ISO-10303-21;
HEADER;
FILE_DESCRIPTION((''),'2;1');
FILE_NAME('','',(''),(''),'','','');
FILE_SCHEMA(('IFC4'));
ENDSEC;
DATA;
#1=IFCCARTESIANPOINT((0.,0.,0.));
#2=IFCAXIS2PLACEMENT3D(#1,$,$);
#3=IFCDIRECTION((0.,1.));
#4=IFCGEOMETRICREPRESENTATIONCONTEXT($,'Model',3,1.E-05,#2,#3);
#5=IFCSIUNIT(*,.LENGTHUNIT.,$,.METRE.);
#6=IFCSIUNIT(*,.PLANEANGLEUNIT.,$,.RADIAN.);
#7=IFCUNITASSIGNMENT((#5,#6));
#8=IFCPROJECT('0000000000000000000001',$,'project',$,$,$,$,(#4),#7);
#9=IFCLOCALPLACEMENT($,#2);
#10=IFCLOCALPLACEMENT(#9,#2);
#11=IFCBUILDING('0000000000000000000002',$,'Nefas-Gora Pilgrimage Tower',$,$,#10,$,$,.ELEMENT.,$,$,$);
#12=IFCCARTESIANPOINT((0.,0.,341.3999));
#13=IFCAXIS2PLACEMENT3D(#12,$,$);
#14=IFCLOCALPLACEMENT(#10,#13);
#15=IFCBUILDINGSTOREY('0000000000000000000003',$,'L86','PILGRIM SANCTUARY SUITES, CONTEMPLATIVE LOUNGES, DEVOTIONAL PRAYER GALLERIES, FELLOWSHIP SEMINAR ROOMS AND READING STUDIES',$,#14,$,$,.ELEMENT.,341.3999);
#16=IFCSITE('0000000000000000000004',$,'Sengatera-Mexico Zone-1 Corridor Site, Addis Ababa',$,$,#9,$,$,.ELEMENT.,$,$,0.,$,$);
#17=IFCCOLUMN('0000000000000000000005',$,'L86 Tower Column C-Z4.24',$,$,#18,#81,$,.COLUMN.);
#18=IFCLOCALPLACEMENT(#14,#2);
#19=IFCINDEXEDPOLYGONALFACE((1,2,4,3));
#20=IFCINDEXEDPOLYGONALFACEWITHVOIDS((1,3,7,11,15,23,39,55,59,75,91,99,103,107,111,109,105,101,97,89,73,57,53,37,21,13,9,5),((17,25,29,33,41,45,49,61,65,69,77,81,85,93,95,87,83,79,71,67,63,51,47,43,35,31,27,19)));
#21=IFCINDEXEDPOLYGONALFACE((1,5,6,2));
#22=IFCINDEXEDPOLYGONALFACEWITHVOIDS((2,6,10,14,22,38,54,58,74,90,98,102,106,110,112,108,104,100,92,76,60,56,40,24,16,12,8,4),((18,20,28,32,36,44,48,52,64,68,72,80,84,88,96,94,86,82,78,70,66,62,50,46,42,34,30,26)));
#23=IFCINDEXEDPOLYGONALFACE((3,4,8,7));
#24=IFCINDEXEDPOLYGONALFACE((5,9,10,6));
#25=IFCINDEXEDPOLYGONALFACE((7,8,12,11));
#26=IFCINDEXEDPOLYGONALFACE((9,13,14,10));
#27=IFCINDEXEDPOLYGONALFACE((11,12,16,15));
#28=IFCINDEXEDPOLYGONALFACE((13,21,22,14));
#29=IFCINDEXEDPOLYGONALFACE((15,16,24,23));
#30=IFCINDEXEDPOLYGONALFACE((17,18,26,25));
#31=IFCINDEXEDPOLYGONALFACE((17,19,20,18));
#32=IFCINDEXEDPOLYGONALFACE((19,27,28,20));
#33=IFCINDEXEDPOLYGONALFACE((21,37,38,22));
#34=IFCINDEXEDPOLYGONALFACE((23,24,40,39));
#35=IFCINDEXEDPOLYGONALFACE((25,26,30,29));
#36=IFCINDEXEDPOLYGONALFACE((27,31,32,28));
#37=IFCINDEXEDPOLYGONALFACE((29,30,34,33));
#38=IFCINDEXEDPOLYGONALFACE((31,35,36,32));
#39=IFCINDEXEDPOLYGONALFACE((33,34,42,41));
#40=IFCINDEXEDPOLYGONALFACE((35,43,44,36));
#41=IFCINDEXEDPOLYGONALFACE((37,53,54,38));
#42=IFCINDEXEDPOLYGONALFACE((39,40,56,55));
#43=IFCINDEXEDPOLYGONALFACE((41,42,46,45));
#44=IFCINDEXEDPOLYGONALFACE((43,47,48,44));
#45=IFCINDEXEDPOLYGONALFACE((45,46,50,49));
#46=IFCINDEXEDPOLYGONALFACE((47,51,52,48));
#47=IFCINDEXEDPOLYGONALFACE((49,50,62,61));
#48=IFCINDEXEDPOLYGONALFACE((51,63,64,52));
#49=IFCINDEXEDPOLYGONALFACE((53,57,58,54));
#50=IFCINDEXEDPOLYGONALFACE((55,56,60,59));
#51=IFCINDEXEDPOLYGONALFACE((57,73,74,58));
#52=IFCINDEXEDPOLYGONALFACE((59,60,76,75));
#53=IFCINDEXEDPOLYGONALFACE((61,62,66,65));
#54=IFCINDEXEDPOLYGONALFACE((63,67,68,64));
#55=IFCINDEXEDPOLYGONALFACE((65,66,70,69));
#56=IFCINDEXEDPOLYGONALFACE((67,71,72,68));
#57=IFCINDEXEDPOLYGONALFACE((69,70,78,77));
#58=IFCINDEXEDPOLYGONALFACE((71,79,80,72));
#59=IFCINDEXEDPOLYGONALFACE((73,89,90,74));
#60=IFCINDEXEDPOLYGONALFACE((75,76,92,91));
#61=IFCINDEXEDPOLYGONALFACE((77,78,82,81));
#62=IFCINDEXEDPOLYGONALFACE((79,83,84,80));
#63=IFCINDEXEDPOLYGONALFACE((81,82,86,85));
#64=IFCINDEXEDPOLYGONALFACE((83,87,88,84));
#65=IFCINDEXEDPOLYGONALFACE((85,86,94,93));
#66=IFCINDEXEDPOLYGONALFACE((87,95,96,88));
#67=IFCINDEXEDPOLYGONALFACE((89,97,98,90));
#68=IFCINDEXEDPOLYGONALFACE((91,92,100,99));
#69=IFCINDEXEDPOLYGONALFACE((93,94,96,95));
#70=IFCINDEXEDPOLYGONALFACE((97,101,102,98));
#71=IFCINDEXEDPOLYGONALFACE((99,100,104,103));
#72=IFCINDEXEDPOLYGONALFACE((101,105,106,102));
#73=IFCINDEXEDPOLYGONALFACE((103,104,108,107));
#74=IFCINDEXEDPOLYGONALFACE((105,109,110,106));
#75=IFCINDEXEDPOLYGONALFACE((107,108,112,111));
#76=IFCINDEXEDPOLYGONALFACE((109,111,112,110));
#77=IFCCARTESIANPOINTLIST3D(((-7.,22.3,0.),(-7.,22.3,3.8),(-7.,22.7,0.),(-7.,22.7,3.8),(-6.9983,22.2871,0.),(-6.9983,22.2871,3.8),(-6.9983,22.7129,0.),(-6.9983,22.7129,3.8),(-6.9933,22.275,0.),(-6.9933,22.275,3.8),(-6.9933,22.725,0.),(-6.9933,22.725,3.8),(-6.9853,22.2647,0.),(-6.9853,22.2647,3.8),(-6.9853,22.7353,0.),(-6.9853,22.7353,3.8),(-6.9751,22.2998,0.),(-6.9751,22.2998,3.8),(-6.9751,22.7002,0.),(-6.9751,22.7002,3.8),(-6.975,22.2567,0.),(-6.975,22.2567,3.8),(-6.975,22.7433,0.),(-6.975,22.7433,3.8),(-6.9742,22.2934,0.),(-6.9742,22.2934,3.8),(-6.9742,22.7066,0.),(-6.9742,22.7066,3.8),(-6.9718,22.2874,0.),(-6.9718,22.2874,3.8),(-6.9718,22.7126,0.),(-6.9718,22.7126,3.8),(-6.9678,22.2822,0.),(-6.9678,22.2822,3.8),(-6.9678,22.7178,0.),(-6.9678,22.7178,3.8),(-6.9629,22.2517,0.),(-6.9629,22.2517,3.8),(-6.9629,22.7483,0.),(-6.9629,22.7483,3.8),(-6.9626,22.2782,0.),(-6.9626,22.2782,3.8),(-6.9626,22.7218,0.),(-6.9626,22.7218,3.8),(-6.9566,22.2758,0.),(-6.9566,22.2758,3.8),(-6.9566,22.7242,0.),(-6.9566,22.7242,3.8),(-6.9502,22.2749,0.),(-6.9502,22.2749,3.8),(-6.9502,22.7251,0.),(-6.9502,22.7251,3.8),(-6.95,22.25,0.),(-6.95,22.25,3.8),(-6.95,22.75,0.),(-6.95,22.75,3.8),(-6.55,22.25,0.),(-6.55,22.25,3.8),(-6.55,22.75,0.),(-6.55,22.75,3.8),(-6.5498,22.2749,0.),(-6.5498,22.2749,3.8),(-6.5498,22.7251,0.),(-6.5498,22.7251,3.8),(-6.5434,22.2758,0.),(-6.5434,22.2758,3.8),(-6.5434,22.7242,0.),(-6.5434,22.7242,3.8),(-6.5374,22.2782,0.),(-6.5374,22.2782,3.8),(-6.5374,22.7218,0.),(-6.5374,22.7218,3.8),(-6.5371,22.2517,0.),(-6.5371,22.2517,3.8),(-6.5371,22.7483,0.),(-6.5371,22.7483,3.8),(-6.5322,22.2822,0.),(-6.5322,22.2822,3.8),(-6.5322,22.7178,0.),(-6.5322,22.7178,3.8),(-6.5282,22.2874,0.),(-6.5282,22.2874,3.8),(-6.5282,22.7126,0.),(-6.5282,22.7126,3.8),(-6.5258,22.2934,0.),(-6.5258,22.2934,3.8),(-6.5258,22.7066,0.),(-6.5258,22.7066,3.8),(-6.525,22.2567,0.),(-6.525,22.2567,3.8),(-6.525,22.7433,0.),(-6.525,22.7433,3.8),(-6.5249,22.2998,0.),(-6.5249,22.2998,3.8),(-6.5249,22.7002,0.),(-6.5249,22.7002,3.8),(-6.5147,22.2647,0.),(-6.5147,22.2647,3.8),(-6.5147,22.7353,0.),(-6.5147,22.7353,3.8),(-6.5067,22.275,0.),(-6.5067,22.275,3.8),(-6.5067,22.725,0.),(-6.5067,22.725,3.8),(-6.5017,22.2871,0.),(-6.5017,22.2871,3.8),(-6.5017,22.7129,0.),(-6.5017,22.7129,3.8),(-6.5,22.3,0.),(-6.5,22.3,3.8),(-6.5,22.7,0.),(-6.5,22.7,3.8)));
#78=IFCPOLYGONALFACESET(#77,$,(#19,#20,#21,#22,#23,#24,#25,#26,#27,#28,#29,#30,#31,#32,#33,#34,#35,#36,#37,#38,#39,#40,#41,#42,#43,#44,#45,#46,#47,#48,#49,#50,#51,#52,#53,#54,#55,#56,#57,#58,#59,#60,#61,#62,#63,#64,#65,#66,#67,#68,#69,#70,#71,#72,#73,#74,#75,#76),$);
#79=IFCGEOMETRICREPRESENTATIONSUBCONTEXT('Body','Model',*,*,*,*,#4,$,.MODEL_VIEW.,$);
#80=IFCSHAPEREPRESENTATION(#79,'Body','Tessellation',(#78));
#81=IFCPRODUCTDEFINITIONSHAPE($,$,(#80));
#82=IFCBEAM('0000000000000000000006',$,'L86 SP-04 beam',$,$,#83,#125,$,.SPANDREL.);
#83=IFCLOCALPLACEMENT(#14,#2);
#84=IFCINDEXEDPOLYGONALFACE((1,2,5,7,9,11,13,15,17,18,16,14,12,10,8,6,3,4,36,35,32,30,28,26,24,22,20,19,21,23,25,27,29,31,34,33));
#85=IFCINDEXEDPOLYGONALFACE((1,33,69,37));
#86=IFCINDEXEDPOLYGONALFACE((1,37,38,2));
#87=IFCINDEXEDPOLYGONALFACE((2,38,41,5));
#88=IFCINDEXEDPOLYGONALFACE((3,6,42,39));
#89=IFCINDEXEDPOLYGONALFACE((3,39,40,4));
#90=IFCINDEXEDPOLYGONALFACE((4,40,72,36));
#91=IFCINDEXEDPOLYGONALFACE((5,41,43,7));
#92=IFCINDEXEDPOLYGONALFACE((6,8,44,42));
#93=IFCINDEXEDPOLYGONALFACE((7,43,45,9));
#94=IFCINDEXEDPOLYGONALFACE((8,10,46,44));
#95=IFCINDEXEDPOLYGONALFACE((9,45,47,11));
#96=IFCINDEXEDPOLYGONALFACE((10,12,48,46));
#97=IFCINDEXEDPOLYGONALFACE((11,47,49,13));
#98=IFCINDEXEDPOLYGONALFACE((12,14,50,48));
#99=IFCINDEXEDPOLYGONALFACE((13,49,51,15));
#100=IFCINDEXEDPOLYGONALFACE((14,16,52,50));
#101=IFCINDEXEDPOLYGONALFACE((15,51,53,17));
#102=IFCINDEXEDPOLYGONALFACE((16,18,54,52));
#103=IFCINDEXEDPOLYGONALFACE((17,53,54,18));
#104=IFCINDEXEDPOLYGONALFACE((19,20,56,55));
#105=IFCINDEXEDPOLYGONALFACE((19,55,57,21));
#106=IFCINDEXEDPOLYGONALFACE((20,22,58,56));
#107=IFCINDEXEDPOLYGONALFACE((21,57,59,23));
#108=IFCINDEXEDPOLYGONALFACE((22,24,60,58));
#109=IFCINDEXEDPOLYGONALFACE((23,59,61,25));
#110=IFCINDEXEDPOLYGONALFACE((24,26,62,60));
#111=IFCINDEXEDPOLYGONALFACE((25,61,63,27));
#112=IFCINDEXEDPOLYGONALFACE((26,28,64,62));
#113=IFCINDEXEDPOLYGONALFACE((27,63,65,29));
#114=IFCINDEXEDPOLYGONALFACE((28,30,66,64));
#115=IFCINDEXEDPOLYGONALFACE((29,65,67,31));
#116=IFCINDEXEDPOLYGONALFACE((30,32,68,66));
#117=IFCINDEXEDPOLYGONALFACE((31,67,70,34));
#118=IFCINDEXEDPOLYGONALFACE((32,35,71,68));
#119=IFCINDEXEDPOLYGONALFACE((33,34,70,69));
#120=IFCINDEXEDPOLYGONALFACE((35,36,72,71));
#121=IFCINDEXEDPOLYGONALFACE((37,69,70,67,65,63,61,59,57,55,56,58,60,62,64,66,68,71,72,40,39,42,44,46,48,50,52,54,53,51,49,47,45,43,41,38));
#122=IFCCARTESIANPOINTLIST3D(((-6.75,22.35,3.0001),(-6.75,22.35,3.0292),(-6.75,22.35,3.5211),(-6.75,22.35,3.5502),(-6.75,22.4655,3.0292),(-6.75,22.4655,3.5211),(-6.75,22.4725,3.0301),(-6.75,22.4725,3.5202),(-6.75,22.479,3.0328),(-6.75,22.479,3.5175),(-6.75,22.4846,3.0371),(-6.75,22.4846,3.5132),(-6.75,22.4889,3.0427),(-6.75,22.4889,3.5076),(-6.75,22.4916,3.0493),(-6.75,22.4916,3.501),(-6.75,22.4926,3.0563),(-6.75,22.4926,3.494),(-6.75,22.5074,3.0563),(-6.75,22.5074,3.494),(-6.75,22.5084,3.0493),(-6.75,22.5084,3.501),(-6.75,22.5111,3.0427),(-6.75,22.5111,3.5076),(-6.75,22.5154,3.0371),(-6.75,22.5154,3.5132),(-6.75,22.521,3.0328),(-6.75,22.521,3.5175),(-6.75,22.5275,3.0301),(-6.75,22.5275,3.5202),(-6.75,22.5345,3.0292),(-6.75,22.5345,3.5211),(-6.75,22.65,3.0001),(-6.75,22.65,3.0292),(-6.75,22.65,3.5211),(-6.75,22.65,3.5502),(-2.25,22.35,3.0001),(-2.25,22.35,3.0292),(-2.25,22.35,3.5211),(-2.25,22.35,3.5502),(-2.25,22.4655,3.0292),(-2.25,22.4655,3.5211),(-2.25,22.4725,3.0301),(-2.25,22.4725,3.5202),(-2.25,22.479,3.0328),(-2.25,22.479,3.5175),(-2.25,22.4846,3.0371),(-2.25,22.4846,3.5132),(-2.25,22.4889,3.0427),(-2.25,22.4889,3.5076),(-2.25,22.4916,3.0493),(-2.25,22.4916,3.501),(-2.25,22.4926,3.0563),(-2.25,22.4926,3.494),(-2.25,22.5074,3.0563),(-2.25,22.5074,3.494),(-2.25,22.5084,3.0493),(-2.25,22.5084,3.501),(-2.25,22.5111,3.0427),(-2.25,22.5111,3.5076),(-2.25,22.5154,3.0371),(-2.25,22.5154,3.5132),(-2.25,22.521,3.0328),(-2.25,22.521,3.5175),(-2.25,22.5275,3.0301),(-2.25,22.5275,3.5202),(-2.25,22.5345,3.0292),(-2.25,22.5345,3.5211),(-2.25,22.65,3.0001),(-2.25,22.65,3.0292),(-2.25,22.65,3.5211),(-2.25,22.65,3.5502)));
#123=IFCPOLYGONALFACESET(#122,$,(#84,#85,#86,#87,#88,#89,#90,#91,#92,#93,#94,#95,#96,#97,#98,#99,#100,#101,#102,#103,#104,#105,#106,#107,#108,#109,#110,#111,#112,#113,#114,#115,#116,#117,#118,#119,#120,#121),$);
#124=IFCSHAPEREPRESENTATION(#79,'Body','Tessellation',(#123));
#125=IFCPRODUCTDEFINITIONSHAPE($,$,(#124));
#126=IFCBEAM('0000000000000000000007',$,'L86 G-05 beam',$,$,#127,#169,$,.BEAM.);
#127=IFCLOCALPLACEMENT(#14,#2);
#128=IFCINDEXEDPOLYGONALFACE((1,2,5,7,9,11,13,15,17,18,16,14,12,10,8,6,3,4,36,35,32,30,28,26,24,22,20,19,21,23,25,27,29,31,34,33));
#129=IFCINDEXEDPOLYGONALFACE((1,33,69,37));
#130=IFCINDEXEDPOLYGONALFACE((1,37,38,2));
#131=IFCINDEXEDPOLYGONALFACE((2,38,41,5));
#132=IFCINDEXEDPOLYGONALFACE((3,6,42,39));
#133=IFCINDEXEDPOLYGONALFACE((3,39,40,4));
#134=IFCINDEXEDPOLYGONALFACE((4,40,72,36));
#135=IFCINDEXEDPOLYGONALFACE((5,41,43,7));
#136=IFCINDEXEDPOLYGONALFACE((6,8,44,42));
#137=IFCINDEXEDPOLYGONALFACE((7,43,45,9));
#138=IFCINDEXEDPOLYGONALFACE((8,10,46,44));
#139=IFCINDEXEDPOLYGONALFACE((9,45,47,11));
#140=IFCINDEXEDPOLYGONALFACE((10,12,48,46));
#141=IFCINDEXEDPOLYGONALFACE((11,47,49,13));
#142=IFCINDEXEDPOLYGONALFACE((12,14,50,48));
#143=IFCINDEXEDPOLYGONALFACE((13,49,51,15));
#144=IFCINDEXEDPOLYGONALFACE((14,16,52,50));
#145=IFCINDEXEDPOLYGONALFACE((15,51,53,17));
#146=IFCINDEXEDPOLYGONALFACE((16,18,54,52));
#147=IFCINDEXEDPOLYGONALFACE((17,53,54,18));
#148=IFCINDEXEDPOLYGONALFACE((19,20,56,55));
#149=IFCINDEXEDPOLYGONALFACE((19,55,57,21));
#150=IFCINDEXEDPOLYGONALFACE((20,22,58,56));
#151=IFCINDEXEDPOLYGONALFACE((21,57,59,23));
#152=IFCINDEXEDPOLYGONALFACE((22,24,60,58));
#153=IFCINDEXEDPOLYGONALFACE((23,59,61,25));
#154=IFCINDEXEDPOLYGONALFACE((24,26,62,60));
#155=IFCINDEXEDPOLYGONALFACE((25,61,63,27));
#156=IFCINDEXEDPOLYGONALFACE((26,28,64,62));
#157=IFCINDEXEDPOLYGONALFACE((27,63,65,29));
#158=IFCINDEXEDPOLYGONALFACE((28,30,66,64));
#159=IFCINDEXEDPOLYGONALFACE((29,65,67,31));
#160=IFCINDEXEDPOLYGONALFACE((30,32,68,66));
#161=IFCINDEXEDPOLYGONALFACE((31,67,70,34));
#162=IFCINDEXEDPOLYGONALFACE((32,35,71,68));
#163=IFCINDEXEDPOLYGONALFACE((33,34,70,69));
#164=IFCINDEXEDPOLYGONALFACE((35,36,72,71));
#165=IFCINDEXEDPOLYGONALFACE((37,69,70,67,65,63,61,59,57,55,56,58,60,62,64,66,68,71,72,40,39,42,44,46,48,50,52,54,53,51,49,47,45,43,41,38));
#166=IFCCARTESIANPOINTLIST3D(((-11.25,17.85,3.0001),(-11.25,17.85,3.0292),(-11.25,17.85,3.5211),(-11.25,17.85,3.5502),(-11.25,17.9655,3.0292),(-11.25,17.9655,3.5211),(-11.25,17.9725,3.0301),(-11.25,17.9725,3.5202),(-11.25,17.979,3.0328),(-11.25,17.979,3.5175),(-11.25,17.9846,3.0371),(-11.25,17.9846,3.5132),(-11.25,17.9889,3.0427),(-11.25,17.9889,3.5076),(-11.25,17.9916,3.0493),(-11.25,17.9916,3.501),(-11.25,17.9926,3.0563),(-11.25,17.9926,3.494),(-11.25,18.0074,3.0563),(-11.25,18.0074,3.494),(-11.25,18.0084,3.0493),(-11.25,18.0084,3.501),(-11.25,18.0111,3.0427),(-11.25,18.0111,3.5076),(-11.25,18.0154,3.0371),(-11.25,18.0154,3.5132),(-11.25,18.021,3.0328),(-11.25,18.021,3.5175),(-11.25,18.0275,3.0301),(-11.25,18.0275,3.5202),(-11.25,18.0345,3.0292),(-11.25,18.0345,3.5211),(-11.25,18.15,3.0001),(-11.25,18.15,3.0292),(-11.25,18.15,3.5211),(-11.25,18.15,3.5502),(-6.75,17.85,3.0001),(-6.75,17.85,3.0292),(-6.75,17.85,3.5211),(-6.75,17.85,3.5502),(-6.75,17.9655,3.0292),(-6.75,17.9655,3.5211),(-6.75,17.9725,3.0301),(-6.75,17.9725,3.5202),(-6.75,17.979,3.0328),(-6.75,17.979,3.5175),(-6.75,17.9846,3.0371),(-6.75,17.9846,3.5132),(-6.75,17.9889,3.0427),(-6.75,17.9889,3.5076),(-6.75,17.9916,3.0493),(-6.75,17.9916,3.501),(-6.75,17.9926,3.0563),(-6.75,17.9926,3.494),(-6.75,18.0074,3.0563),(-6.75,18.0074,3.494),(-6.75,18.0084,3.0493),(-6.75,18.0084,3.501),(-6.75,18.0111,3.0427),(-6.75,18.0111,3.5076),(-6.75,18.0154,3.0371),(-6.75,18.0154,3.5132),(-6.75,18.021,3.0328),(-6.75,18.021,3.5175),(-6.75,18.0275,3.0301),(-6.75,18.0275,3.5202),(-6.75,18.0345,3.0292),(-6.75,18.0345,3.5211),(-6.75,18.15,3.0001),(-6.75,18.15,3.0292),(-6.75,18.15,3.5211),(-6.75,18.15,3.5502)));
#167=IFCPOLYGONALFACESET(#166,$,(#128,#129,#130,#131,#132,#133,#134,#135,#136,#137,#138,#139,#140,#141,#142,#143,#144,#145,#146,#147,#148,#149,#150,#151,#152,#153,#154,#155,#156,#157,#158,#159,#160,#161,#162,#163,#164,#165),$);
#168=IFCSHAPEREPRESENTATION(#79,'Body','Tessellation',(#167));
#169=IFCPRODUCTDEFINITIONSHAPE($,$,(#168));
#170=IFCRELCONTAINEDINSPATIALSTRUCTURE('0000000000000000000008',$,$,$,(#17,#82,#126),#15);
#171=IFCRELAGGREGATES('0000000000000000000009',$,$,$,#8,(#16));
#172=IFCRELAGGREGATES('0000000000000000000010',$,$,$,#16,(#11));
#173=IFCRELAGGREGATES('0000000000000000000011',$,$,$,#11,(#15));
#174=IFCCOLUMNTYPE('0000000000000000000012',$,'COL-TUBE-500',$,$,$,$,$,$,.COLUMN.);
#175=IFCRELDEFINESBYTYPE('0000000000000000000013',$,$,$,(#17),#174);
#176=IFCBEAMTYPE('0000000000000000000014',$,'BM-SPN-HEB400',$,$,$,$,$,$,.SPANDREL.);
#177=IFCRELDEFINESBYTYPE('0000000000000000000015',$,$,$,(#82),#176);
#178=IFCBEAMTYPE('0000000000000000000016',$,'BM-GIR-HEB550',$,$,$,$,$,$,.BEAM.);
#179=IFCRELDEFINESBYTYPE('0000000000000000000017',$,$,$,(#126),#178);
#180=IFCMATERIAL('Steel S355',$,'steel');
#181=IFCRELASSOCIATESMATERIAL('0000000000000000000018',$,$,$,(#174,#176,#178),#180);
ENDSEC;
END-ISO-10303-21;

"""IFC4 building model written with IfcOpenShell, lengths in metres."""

from ifc_helpers import new_model, si_unit, direction, frame, origin, origin_2d, place, context, subcontext, project, spatial, hollow_rectangle, i_section, extrude, source, transform, mapped, material, material_profile, profile_set, type_object, element, save


model = new_model("IFC4")

# Units and contexts
model_context = context("Model", 3, precision=1e-05, world=origin(), true_north=direction((0.0, 1.0)))
body_context = subcontext(model_context, "Body", "Model", "MODEL_VIEW")
ifc_project = project(units=[si_unit("LENGTHUNIT", "METRE"), si_unit("PLANEANGLEUNIT", "RADIAN")], contexts=[model_context])

# Site, building, storey
site_placement = place(None, origin())
site = spatial("IfcSite", under=ifc_project, at=site_placement, Name="Sengatera-Mexico Zone-1 Corridor Site, Addis Ababa", CompositionType="ELEMENT", RefElevation=0.0)
building_placement = place(site_placement, origin())
building = spatial("IfcBuilding", under=site, at=building_placement, Name="Nefas-Gora Pilgrimage Tower", CompositionType="ELEMENT")
storey_placement = place(building_placement, frame((0.0, 0.0, 341.3999)))
storey = spatial("IfcBuildingStorey", under=building, at=storey_placement, Name="L86", Description="PILGRIM SANCTUARY SUITES, CONTEMPLATIVE LOUNGES, DEVOTIONAL PRAYER GALLERIES, FELLOWSHIP SEMINAR ROOMS AND READING STUDIES", CompositionType="ELEMENT", Elevation=341.3999)

# Column
ifc_material_1 = material(Name="Steel S355", Category="steel")
ifc_material_profile_1 = material_profile(ifc_material_1, hollow_rectangle(XDim=0.5, YDim=0.5, WallThickness=0.0249, InnerFilletRadius=0.0249, OuterFilletRadius=0.05, at=origin_2d()), Name="SHS 500x500x25")
ifc_profile_set_1 = profile_set([ifc_material_profile_1], Name="Steel S355")
column_type_1 = type_object("IfcColumnType", Name="COL-TUBE-500", PredefinedType="COLUMN", material=ifc_profile_set_1)
shared_shape_1 = source(origin(), body_context, "Body", "SweptSolid", [
    extrude(hollow_rectangle(XDim=0.5, YDim=0.5, WallThickness=0.0249, InnerFilletRadius=0.0249, OuterFilletRadius=0.05, at=origin_2d()), origin(), (0.0, 0.0, 1.0), 3.8),
])
column_placement = place(storey_placement, frame((-6.75, 22.5, 0.0), z_axis=(0.0, 0.0, 1.0), x_axis=(1.0, 0.0, 0.0)))
element("IfcColumn", 1, at=column_placement, inside=storey, type_object=column_type_1, Name="L86 Tower Column C-Z4.24", PredefinedType="COLUMN", context=body_context, shape_type="MappedRepresentation", body=[
    mapped(shared_shape_1, transform((0.0, 0.0, 0.0), x_axis=(1.0, 0.0, 0.0), y_axis=(0.0, 1.0, 0.0), z_axis=(0.0, 0.0, 1.0), scale=1.0)),
])

# Beams
ifc_material_profile_2 = material_profile(ifc_material_1, i_section(OverallWidth=0.3, OverallDepth=0.55, WebThickness=0.0149, FlangeThickness=0.0291, FilletRadius=0.0271, at=origin_2d()), Name="HEB 550")
ifc_profile_set_2 = profile_set([ifc_material_profile_2], Name="Steel S355")
beam_type_1 = type_object("IfcBeamType", Name="BM-SPN-HEB400", PredefinedType="SPANDREL", material=ifc_profile_set_2)
shared_shape_2 = source(origin(), body_context, "Body", "SweptSolid", [
    extrude(i_section(OverallWidth=0.3, OverallDepth=0.55, WebThickness=0.0149, FlangeThickness=0.0291, FilletRadius=0.0271, at=origin_2d()), origin(), (0.0, 0.0, 1.0), 4.5),
])
beam_placement = place(storey_placement, frame((-6.75, 22.5, 3.2751), z_axis=(1.0, 0.0, 0.0), x_axis=(0.0, 1.0, 0.0)))
element("IfcBeam", 2, at=beam_placement, inside=storey, type_object=beam_type_1, Name="L86 SP-04 beam", PredefinedType="SPANDREL", context=body_context, shape_type="MappedRepresentation", body=[
    mapped(shared_shape_2, transform((0.0, 0.0, 0.0), x_axis=(1.0, 0.0, 0.0), y_axis=(0.0, 1.0, 0.0), z_axis=(0.0, 0.0, 1.0), scale=1.0)),
])
ifc_material_profile_3 = material_profile(ifc_material_1, i_section(OverallWidth=0.3, OverallDepth=0.55, WebThickness=0.0149, FlangeThickness=0.0291, FilletRadius=0.0271, at=origin_2d()), Name="HEB 550")
ifc_profile_set_3 = profile_set([ifc_material_profile_3], Name="Steel S355")
beam_type_2 = type_object("IfcBeamType", Name="BM-GIR-HEB550", PredefinedType="BEAM", material=ifc_profile_set_3)
shared_shape_3 = source(origin(), body_context, "Body", "SweptSolid", [
    extrude(i_section(OverallWidth=0.3, OverallDepth=0.55, WebThickness=0.0149, FlangeThickness=0.0291, FilletRadius=0.0271, at=origin_2d()), origin(), (0.0, 0.0, 1.0), 4.5),
])
for number, where, z_axis, x_axis, name in (
    (3, (-11.25, 18.0, 3.2751), (1.0, 0.0, 0.0), (0.0, 1.0, 0.0), "L86 G-05 beam"),
):
    element("IfcBeam", number, at=place(storey_placement, frame(where, z_axis=z_axis, x_axis=x_axis)), inside=storey, type_object=beam_type_2, Name=name, PredefinedType="BEAM", context=body_context, shape_type="MappedRepresentation", body=[
        mapped(shared_shape_3, transform((0.0, 0.0, 0.0), x_axis=(1.0, 0.0, 0.0), y_axis=(0.0, 1.0, 0.0), z_axis=(0.0, 0.0, 1.0), scale=1.0)),
    ])

save(model, "model.ifc")
